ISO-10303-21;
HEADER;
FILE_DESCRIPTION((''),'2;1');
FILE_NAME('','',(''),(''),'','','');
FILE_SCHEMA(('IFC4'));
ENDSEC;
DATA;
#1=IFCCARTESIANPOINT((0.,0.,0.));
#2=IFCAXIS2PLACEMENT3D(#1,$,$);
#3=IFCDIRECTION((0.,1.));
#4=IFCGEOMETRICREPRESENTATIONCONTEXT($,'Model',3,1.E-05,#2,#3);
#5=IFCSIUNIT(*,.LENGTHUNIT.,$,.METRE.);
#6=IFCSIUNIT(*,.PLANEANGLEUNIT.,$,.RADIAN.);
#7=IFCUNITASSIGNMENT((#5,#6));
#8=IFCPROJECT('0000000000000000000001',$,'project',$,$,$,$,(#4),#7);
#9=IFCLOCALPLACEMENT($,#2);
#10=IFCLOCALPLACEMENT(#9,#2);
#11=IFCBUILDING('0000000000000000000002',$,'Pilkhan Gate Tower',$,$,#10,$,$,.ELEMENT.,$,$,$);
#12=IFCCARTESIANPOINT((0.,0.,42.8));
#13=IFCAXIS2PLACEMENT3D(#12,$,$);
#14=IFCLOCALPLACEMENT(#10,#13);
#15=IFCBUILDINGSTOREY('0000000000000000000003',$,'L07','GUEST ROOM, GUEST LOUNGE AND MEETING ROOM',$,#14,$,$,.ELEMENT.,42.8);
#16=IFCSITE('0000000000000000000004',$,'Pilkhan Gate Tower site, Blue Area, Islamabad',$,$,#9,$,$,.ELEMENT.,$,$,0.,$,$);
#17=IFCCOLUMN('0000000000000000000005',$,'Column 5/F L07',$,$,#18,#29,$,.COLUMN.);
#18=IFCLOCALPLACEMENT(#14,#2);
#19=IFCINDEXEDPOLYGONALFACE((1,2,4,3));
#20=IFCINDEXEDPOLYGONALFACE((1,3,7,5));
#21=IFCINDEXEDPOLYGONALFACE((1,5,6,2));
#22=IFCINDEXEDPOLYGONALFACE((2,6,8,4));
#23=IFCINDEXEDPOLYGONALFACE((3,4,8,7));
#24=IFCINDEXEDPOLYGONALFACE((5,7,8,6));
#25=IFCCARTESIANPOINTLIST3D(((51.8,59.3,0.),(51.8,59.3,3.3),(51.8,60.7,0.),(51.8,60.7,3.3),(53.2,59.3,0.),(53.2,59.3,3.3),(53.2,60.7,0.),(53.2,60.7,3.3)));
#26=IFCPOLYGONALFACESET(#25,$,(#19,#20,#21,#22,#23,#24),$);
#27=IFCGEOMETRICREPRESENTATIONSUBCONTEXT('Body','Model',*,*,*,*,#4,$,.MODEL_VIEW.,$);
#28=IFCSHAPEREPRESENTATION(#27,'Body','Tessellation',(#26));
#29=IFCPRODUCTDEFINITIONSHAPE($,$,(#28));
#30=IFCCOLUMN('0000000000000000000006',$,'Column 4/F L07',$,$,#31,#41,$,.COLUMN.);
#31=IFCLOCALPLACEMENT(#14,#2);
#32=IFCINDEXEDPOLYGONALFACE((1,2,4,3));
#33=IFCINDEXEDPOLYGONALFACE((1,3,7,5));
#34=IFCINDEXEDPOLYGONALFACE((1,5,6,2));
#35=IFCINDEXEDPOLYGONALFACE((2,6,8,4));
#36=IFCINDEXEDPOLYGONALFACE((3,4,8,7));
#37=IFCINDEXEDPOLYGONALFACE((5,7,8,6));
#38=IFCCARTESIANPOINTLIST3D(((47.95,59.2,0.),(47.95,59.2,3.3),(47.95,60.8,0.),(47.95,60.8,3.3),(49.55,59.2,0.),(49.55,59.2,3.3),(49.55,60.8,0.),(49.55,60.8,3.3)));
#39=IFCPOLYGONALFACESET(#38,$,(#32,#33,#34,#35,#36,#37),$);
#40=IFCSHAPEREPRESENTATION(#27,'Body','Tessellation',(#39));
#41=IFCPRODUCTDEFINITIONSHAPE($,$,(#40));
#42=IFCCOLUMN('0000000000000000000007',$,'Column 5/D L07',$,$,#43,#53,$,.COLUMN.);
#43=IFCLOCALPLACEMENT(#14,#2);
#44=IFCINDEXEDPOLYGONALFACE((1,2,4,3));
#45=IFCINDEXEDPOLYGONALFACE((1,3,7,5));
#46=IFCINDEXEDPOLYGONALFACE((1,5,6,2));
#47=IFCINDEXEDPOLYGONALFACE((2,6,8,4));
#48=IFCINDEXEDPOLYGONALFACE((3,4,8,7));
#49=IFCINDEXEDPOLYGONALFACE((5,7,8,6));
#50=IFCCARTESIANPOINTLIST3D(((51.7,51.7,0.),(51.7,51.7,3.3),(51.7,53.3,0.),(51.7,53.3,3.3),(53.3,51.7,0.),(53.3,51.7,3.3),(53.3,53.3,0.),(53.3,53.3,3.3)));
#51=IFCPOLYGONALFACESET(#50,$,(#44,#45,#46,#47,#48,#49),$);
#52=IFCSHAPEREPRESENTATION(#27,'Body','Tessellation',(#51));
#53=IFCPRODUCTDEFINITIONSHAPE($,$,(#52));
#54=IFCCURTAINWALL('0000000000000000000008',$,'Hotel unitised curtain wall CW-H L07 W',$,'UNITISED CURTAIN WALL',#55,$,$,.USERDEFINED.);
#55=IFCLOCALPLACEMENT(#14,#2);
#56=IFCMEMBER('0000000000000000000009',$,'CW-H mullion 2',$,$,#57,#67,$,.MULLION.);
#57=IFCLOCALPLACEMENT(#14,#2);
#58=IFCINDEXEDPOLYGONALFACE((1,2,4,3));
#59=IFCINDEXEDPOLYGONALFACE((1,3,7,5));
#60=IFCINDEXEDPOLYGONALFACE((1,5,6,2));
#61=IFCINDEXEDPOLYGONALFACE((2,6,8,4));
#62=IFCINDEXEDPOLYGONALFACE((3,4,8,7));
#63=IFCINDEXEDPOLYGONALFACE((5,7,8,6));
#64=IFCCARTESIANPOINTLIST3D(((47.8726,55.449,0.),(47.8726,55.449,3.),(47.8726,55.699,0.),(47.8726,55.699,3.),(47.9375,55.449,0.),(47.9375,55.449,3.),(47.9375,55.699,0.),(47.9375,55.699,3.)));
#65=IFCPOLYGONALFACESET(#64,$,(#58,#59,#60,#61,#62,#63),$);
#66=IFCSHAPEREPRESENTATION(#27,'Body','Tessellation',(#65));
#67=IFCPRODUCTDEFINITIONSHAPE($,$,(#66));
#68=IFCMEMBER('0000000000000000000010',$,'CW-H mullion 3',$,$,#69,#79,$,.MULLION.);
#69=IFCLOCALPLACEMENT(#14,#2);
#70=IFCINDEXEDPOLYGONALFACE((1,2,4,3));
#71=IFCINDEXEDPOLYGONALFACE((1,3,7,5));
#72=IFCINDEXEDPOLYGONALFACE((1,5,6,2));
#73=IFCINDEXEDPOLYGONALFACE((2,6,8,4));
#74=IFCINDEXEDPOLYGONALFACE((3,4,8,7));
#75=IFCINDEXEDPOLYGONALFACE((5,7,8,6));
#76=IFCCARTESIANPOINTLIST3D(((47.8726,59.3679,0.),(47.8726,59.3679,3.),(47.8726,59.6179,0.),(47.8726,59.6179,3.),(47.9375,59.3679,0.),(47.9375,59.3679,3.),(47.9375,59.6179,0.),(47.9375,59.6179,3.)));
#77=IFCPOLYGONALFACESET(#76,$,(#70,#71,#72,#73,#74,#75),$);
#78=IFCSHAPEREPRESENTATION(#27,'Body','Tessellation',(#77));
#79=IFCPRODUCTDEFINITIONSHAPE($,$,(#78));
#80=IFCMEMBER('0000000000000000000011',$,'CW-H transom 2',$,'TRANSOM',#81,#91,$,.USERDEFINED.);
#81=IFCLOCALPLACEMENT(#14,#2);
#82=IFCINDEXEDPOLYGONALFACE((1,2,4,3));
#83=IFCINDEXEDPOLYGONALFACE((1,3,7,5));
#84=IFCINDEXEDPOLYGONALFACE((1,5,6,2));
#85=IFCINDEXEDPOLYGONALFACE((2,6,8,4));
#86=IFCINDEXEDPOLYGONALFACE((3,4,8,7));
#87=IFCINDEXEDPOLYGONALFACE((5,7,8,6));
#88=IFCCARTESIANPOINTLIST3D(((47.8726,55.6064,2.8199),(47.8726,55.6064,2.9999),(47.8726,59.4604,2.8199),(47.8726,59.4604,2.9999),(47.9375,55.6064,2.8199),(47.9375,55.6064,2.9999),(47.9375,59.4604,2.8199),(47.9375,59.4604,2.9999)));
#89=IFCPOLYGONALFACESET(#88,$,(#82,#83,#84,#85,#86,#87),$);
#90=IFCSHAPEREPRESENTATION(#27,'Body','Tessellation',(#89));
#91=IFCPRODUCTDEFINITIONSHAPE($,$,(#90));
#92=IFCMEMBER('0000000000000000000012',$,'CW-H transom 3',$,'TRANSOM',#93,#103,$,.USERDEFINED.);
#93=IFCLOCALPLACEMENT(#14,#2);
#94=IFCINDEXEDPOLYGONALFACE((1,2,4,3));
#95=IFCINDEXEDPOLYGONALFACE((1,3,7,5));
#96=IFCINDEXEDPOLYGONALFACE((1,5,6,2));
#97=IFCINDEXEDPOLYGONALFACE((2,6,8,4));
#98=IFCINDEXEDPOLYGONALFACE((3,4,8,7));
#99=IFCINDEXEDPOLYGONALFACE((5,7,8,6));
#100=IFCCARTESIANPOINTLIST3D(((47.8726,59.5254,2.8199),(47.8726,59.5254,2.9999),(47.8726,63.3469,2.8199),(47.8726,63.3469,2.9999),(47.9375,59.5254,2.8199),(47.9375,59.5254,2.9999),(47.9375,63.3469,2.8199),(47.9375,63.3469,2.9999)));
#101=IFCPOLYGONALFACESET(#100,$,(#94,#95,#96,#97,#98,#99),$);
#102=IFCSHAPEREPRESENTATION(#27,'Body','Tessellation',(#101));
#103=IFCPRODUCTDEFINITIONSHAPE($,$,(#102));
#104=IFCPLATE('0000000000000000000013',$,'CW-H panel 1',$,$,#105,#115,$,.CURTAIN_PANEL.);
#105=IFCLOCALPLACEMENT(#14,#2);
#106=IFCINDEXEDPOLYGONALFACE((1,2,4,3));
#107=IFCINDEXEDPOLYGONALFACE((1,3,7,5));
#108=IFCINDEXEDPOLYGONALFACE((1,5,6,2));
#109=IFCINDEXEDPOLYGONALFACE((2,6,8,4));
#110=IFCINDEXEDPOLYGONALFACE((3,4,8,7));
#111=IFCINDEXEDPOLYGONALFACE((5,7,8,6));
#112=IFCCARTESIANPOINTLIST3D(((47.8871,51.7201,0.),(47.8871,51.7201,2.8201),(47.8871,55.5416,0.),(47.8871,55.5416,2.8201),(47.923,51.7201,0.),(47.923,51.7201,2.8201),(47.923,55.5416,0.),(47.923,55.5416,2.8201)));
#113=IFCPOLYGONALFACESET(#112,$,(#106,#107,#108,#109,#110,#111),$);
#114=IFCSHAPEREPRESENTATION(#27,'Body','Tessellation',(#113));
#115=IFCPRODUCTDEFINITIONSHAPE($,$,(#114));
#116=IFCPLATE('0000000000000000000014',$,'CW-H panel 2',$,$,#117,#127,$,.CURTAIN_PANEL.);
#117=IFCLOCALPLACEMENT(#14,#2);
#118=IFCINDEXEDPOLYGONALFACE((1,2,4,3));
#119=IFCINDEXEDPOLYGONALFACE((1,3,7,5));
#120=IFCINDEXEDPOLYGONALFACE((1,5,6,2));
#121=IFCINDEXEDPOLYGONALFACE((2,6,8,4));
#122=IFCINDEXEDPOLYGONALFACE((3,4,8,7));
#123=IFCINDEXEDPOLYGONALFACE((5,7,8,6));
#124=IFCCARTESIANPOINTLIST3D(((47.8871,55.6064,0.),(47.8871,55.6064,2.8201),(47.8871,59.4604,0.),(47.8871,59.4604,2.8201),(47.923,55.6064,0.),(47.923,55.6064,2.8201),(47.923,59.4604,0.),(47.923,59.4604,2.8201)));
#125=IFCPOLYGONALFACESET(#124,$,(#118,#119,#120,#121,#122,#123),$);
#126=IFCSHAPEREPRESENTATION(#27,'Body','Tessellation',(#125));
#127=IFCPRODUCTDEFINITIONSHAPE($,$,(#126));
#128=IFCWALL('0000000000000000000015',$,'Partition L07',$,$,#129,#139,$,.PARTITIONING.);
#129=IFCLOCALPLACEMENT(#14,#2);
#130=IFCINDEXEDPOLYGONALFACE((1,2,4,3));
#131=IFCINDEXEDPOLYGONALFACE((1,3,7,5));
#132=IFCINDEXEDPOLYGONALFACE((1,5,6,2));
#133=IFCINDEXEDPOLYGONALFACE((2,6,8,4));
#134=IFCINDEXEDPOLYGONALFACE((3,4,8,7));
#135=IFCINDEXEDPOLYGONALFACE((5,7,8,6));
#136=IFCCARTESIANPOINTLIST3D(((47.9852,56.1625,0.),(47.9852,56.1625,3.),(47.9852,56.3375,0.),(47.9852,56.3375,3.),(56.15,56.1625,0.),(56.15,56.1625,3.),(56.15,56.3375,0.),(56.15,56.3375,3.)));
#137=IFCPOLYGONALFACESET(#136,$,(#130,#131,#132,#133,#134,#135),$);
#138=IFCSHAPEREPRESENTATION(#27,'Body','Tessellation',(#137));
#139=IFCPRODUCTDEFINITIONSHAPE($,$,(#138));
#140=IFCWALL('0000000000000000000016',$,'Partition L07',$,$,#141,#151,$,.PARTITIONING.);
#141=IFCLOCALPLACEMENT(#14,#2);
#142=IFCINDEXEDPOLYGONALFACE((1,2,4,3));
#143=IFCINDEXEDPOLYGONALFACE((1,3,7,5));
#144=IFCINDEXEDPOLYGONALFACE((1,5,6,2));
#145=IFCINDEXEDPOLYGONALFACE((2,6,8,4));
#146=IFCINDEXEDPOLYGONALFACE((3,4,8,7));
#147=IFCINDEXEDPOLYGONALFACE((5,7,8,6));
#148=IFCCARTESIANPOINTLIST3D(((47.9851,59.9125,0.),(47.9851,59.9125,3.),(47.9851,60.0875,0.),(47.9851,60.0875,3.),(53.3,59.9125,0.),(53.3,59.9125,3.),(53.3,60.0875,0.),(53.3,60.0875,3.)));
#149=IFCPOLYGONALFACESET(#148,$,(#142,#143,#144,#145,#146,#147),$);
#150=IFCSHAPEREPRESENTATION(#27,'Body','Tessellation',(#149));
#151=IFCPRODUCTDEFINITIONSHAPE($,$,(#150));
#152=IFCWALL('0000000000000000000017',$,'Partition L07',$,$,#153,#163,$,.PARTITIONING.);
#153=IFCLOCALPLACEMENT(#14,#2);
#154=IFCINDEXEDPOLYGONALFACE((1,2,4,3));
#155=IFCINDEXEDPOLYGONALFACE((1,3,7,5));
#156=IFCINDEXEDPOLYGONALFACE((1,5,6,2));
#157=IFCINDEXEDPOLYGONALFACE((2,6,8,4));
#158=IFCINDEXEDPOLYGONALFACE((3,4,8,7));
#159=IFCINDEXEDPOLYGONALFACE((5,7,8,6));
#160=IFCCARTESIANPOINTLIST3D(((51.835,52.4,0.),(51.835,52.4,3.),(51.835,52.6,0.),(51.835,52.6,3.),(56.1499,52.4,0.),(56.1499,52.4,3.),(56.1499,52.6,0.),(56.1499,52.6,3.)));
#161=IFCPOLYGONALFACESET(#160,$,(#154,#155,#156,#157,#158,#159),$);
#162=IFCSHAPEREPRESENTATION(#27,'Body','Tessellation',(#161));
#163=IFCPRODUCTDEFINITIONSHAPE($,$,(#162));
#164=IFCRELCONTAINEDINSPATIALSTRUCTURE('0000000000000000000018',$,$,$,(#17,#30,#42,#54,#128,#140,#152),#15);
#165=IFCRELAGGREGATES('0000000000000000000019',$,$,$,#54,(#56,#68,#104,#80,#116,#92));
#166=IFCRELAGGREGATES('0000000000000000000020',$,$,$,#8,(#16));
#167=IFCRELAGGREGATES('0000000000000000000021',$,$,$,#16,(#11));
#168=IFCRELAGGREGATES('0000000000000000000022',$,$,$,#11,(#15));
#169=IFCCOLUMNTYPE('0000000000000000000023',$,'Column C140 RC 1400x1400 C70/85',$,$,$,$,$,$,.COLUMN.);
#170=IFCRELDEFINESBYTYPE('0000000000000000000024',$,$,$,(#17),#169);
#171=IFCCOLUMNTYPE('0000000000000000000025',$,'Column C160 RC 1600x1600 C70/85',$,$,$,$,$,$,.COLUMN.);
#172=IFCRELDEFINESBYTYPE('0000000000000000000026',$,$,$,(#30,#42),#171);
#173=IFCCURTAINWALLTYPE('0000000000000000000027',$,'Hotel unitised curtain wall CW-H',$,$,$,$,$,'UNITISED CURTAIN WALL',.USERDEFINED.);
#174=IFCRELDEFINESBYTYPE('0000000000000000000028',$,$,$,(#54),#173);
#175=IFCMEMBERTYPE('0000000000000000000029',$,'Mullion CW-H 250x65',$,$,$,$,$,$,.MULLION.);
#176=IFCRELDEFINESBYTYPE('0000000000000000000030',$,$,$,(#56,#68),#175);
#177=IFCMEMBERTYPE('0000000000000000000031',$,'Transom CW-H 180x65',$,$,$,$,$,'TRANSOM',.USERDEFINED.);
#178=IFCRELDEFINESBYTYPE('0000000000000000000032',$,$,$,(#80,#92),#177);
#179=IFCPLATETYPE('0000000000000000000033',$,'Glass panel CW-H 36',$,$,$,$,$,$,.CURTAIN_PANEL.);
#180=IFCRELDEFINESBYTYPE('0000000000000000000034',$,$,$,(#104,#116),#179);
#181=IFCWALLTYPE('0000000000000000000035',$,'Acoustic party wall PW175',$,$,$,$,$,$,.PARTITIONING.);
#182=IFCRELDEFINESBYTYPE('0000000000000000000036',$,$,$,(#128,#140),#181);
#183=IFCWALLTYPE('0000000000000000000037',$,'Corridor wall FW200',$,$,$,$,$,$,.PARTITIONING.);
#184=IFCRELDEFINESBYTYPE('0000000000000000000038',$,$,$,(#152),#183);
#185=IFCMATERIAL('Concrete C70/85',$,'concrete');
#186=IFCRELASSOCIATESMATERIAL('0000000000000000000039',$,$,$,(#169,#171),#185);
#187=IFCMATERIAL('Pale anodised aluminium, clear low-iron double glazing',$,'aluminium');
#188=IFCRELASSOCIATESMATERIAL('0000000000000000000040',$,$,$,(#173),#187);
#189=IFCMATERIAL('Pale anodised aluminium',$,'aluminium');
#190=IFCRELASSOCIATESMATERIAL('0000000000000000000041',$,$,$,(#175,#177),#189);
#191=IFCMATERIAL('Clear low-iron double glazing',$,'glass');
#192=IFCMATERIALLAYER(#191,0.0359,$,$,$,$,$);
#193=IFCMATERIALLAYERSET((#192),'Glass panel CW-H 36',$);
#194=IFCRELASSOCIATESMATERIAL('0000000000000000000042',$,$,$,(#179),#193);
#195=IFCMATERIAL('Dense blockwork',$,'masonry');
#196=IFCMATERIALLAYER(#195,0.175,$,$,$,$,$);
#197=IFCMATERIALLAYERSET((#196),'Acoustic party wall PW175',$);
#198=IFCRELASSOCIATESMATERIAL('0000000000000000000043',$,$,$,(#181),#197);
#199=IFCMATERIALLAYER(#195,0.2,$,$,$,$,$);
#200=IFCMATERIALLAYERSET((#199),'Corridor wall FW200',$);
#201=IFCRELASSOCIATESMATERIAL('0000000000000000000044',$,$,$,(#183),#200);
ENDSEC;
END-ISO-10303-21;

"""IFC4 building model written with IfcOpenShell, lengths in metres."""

from ifc_helpers import new_model, si_unit, direction, frame, frame_2d, origin, origin_2d, place, context, subcontext, project, spatial, rectangle, extrude, material, layer, layer_set, material_profile, profile_set, type_object, element, aggregate, save


model = new_model("IFC4")

# Units and contexts
model_context = context("Model", 3, precision=1e-05, world=origin(), true_north=direction((0.0, 1.0)))
body_context = subcontext(model_context, "Body", "Model", "MODEL_VIEW")
ifc_project = project(units=[si_unit("LENGTHUNIT", "METRE"), si_unit("PLANEANGLEUNIT", "RADIAN")], contexts=[model_context])

# Site, building, storey
site_placement = place(None, origin())
site = spatial("IfcSite", under=ifc_project, at=site_placement, Name="Pilkhan Gate Tower site, Blue Area, Islamabad", CompositionType="ELEMENT", RefElevation=0.0)
building_placement = place(site_placement, origin())
building = spatial("IfcBuilding", under=site, at=building_placement, Name="Pilkhan Gate Tower", CompositionType="ELEMENT")
storey_placement = place(building_placement, frame((0.0, 0.0, 42.8)))
storey = spatial("IfcBuildingStorey", under=building, at=storey_placement, Name="L07", Description="GUEST ROOM, GUEST LOUNGE AND MEETING ROOM", CompositionType="ELEMENT", Elevation=42.8)

# Columns
ifc_material_1 = material(Name="Concrete C70/85", Category="concrete")
ifc_material_profile_1 = material_profile(ifc_material_1, rectangle(XDim=1.3999, YDim=1.3999, at=origin_2d()), Name="RC 1400x1400")
ifc_profile_set_1 = profile_set([ifc_material_profile_1], Name="Concrete C70/85")
column_type_1 = type_object("IfcColumnType", Name="Column C140 RC 1400x1400 C70/85", PredefinedType="COLUMN", material=ifc_profile_set_1)
column_placement = place(storey_placement, frame((52.5, 60.0, 0.0), z_axis=(0.0, 0.0, 1.0), x_axis=(1.0, 0.0, 0.0)))
element("IfcColumn", 1, at=column_placement, inside=storey, type_object=column_type_1, Name="Column 5/F L07", PredefinedType="COLUMN", context=body_context, shape_type="SweptSolid", body=[
    extrude(rectangle(XDim=1.3999, YDim=1.3999, at=origin_2d()), origin(), (0.0, 0.0, 1.0), 3.3),
])
ifc_material_profile_2 = material_profile(ifc_material_1, rectangle(XDim=1.6001, YDim=1.6001, at=origin_2d()), Name="RC 1600x1600")
ifc_profile_set_2 = profile_set([ifc_material_profile_2], Name="Concrete C70/85")
column_type_2 = type_object("IfcColumnType", Name="Column C160 RC 1600x1600 C70/85", PredefinedType="COLUMN", material=ifc_profile_set_2)
for number, where, z_axis, x_axis, name in (
    (2, (48.75, 60.0, 0.0), (0.0, 0.0, 1.0), (1.0, 0.0, 0.0), "Column 4/F L07"),
    (3, (52.5, 52.5, 0.0), (0.0, 0.0, 1.0), (1.0, 0.0, 0.0), "Column 5/D L07"),
):
    element("IfcColumn", number, at=place(storey_placement, frame(where, z_axis=z_axis, x_axis=x_axis)), inside=storey, type_object=column_type_2, Name=name, PredefinedType="COLUMN", context=body_context, shape_type="SweptSolid", body=[
        extrude(rectangle(XDim=1.6001, YDim=1.6001, at=origin_2d()), origin(), (0.0, 0.0, 1.0), 3.3),
    ])

# Curtain wall, members, plates
ifc_material_2 = material(Name="Pale anodised aluminium, clear low-iron double glazing", Category="aluminium")
curtain_wall_type = type_object("IfcCurtainWallType", Name="Hotel unitised curtain wall CW-H", ElementType="UNITISED CURTAIN WALL", PredefinedType="USERDEFINED", material=ifc_material_2)
curtain_wall_placement = place(storey_placement, origin())
curtain_wall = element("IfcCurtainWall", 4, at=curtain_wall_placement, inside=storey, type_object=curtain_wall_type, Name="Hotel unitised curtain wall CW-H L07 W", ObjectType="UNITISED CURTAIN WALL", PredefinedType="USERDEFINED")
ifc_material_3 = material(Name="Pale anodised aluminium", Category="aluminium")
ifc_material_profile_3 = material_profile(ifc_material_3, rectangle(XDim=0.0649, YDim=0.25, at=origin_2d()), Name="Mullion 250x65")
ifc_profile_set_3 = profile_set([ifc_material_profile_3], Name="Pale anodised aluminium")
member_type_1 = type_object("IfcMemberType", Name="Mullion CW-H 250x65", PredefinedType="MULLION", material=ifc_profile_set_3)
member_1_placement = place(storey_placement, frame((47.905, 55.574, 0.0), z_axis=(0.0, 0.0, 1.0), x_axis=(-1.0, 0.0, 0.0)))
member_1 = element("IfcMember", 5, at=member_1_placement, type_object=member_type_1, Name="CW-H mullion 2", PredefinedType="MULLION", context=body_context, shape_type="SweptSolid", body=[
    extrude(rectangle(XDim=0.0649, YDim=0.25, at=origin_2d()), origin(), (0.0, 0.0, 1.0), 3.0),
])
member_2_placement = place(storey_placement, frame((47.905, 59.4929, 0.0), z_axis=(0.0, 0.0, 1.0), x_axis=(-1.0, 0.0, 0.0)))
member_2 = element("IfcMember", 6, at=member_2_placement, type_object=member_type_1, Name="CW-H mullion 3", PredefinedType="MULLION", context=body_context, shape_type="SweptSolid", body=[
    extrude(rectangle(XDim=0.0649, YDim=0.25, at=origin_2d()), origin(), (0.0, 0.0, 1.0), 3.0),
])
ifc_material_profile_4 = material_profile(ifc_material_3, rectangle(XDim=0.0649, YDim=0.1799, at=origin_2d()), Name="Transom 180x65")
ifc_profile_set_4 = profile_set([ifc_material_profile_4], Name="Pale anodised aluminium")
member_type_2 = type_object("IfcMemberType", Name="Transom CW-H 180x65", ElementType="TRANSOM", PredefinedType="USERDEFINED", material=ifc_profile_set_4)
member_3_placement = place(storey_placement, frame((47.905, 55.6064, 2.9099), z_axis=(0.0, 1.0, 0.0), x_axis=(-1.0, 0.0, 0.0)))
member_3 = element("IfcMember", 7, at=member_3_placement, type_object=member_type_2, Name="CW-H transom 2", ObjectType="TRANSOM", PredefinedType="USERDEFINED", context=body_context, shape_type="SweptSolid", body=[
    extrude(rectangle(XDim=0.0649, YDim=0.1799, at=origin_2d()), origin(), (0.0, 0.0, 1.0), 3.854),
])
member_4_placement = place(storey_placement, frame((47.905, 59.5254, 2.9099), z_axis=(0.0, 1.0, 0.0), x_axis=(-1.0, 0.0, 0.0)))
member_4 = element("IfcMember", 8, at=member_4_placement, type_object=member_type_2, Name="CW-H transom 3", ObjectType="TRANSOM", PredefinedType="USERDEFINED", context=body_context, shape_type="SweptSolid", body=[
    extrude(rectangle(XDim=0.0649, YDim=0.1799, at=origin_2d()), origin(), (0.0, 0.0, 1.0), 3.8215),
])
ifc_material_4 = material(Name="Clear low-iron double glazing", Category="glass")
ifc_layer_1 = layer(ifc_material_4, 0.0359)
ifc_layer_set_1 = layer_set([ifc_layer_1], Name="Glass panel CW-H 36")
plate_type = type_object("IfcPlateType", Name="Glass panel CW-H 36", PredefinedType="CURTAIN_PANEL", material=ifc_layer_set_1)
plate_1_placement = place(storey_placement, frame((47.905, 53.6309, 0.0), z_axis=(0.0, 0.0, 1.0), x_axis=(0.0, 1.0, 0.0)))
plate_1 = element("IfcPlate", 9, at=plate_1_placement, type_object=plate_type, Name="CW-H panel 1", PredefinedType="CURTAIN_PANEL", context=body_context, shape_type="SweptSolid", body=[
    extrude(rectangle(XDim=3.8215, YDim=0.0359, at=origin_2d()), origin(), (0.0, 0.0, 1.0), 2.8201),
])
plate_2_placement = place(storey_placement, frame((47.905, 57.5334, 0.0), z_axis=(0.0, 0.0, 1.0), x_axis=(0.0, 1.0, 0.0)))
plate_2 = element("IfcPlate", 10, at=plate_2_placement, type_object=plate_type, Name="CW-H panel 2", PredefinedType="CURTAIN_PANEL", context=body_context, shape_type="SweptSolid", body=[
    extrude(rectangle(XDim=3.854, YDim=0.0359, at=origin_2d()), origin(), (0.0, 0.0, 1.0), 2.8201),
])
aggregate(curtain_wall, [member_1, member_2, plate_1, member_3, plate_2, member_4])

# Walls
ifc_material_5 = material(Name="Dense blockwork", Category="masonry")
ifc_layer_2 = layer(ifc_material_5, 0.175)
ifc_layer_set_2 = layer_set([ifc_layer_2], Name="Acoustic party wall PW175")
wall_type_1 = type_object("IfcWallType", Name="Acoustic party wall PW175", PredefinedType="PARTITIONING", material=ifc_layer_set_2)
wall_1_placement = place(storey_placement, frame((47.9851, 56.25, 0.0), z_axis=(0.0, 0.0, 1.0), x_axis=(1.0, 0.0, 0.0)))
element("IfcWall", 11, at=wall_1_placement, inside=storey, type_object=wall_type_1, Name="Partition L07", PredefinedType="PARTITIONING", context=body_context, shape_type="SweptSolid", body=[
    extrude(rectangle(XDim=8.1648, YDim=0.175, at=frame_2d((4.0825, 0.0))), origin(), (0.0, 0.0, 1.0), 3.0),
])
wall_2_placement = place(storey_placement, frame((47.9851, 60.0, 0.0), z_axis=(0.0, 0.0, 1.0), x_axis=(1.0, 0.0, 0.0)))
element("IfcWall", 12, at=wall_2_placement, inside=storey, type_object=wall_type_1, Name="Partition L07", PredefinedType="PARTITIONING", context=body_context, shape_type="SweptSolid", body=[
    extrude(rectangle(XDim=5.3149, YDim=0.175, at=frame_2d((2.6575, 0.0))), origin(), (0.0, 0.0, 1.0), 3.0),
])
ifc_layer_3 = layer(ifc_material_5, 0.2)
ifc_layer_set_3 = layer_set([ifc_layer_3], Name="Corridor wall FW200")
wall_type_2 = type_object("IfcWallType", Name="Corridor wall FW200", PredefinedType="PARTITIONING", material=ifc_layer_set_3)
wall_3_placement = place(storey_placement, frame((51.835, 52.5, 0.0), z_axis=(0.0, 0.0, 1.0), x_axis=(1.0, 0.0, 0.0)))
element("IfcWall", 13, at=wall_3_placement, inside=storey, type_object=wall_type_2, Name="Partition L07", PredefinedType="PARTITIONING", context=body_context, shape_type="SweptSolid", body=[
    extrude(rectangle(XDim=4.3149, YDim=0.2, at=frame_2d((2.1575, 0.0))), origin(), (0.0, 0.0, 1.0), 3.0),
])

save(model, "model.ifc")
